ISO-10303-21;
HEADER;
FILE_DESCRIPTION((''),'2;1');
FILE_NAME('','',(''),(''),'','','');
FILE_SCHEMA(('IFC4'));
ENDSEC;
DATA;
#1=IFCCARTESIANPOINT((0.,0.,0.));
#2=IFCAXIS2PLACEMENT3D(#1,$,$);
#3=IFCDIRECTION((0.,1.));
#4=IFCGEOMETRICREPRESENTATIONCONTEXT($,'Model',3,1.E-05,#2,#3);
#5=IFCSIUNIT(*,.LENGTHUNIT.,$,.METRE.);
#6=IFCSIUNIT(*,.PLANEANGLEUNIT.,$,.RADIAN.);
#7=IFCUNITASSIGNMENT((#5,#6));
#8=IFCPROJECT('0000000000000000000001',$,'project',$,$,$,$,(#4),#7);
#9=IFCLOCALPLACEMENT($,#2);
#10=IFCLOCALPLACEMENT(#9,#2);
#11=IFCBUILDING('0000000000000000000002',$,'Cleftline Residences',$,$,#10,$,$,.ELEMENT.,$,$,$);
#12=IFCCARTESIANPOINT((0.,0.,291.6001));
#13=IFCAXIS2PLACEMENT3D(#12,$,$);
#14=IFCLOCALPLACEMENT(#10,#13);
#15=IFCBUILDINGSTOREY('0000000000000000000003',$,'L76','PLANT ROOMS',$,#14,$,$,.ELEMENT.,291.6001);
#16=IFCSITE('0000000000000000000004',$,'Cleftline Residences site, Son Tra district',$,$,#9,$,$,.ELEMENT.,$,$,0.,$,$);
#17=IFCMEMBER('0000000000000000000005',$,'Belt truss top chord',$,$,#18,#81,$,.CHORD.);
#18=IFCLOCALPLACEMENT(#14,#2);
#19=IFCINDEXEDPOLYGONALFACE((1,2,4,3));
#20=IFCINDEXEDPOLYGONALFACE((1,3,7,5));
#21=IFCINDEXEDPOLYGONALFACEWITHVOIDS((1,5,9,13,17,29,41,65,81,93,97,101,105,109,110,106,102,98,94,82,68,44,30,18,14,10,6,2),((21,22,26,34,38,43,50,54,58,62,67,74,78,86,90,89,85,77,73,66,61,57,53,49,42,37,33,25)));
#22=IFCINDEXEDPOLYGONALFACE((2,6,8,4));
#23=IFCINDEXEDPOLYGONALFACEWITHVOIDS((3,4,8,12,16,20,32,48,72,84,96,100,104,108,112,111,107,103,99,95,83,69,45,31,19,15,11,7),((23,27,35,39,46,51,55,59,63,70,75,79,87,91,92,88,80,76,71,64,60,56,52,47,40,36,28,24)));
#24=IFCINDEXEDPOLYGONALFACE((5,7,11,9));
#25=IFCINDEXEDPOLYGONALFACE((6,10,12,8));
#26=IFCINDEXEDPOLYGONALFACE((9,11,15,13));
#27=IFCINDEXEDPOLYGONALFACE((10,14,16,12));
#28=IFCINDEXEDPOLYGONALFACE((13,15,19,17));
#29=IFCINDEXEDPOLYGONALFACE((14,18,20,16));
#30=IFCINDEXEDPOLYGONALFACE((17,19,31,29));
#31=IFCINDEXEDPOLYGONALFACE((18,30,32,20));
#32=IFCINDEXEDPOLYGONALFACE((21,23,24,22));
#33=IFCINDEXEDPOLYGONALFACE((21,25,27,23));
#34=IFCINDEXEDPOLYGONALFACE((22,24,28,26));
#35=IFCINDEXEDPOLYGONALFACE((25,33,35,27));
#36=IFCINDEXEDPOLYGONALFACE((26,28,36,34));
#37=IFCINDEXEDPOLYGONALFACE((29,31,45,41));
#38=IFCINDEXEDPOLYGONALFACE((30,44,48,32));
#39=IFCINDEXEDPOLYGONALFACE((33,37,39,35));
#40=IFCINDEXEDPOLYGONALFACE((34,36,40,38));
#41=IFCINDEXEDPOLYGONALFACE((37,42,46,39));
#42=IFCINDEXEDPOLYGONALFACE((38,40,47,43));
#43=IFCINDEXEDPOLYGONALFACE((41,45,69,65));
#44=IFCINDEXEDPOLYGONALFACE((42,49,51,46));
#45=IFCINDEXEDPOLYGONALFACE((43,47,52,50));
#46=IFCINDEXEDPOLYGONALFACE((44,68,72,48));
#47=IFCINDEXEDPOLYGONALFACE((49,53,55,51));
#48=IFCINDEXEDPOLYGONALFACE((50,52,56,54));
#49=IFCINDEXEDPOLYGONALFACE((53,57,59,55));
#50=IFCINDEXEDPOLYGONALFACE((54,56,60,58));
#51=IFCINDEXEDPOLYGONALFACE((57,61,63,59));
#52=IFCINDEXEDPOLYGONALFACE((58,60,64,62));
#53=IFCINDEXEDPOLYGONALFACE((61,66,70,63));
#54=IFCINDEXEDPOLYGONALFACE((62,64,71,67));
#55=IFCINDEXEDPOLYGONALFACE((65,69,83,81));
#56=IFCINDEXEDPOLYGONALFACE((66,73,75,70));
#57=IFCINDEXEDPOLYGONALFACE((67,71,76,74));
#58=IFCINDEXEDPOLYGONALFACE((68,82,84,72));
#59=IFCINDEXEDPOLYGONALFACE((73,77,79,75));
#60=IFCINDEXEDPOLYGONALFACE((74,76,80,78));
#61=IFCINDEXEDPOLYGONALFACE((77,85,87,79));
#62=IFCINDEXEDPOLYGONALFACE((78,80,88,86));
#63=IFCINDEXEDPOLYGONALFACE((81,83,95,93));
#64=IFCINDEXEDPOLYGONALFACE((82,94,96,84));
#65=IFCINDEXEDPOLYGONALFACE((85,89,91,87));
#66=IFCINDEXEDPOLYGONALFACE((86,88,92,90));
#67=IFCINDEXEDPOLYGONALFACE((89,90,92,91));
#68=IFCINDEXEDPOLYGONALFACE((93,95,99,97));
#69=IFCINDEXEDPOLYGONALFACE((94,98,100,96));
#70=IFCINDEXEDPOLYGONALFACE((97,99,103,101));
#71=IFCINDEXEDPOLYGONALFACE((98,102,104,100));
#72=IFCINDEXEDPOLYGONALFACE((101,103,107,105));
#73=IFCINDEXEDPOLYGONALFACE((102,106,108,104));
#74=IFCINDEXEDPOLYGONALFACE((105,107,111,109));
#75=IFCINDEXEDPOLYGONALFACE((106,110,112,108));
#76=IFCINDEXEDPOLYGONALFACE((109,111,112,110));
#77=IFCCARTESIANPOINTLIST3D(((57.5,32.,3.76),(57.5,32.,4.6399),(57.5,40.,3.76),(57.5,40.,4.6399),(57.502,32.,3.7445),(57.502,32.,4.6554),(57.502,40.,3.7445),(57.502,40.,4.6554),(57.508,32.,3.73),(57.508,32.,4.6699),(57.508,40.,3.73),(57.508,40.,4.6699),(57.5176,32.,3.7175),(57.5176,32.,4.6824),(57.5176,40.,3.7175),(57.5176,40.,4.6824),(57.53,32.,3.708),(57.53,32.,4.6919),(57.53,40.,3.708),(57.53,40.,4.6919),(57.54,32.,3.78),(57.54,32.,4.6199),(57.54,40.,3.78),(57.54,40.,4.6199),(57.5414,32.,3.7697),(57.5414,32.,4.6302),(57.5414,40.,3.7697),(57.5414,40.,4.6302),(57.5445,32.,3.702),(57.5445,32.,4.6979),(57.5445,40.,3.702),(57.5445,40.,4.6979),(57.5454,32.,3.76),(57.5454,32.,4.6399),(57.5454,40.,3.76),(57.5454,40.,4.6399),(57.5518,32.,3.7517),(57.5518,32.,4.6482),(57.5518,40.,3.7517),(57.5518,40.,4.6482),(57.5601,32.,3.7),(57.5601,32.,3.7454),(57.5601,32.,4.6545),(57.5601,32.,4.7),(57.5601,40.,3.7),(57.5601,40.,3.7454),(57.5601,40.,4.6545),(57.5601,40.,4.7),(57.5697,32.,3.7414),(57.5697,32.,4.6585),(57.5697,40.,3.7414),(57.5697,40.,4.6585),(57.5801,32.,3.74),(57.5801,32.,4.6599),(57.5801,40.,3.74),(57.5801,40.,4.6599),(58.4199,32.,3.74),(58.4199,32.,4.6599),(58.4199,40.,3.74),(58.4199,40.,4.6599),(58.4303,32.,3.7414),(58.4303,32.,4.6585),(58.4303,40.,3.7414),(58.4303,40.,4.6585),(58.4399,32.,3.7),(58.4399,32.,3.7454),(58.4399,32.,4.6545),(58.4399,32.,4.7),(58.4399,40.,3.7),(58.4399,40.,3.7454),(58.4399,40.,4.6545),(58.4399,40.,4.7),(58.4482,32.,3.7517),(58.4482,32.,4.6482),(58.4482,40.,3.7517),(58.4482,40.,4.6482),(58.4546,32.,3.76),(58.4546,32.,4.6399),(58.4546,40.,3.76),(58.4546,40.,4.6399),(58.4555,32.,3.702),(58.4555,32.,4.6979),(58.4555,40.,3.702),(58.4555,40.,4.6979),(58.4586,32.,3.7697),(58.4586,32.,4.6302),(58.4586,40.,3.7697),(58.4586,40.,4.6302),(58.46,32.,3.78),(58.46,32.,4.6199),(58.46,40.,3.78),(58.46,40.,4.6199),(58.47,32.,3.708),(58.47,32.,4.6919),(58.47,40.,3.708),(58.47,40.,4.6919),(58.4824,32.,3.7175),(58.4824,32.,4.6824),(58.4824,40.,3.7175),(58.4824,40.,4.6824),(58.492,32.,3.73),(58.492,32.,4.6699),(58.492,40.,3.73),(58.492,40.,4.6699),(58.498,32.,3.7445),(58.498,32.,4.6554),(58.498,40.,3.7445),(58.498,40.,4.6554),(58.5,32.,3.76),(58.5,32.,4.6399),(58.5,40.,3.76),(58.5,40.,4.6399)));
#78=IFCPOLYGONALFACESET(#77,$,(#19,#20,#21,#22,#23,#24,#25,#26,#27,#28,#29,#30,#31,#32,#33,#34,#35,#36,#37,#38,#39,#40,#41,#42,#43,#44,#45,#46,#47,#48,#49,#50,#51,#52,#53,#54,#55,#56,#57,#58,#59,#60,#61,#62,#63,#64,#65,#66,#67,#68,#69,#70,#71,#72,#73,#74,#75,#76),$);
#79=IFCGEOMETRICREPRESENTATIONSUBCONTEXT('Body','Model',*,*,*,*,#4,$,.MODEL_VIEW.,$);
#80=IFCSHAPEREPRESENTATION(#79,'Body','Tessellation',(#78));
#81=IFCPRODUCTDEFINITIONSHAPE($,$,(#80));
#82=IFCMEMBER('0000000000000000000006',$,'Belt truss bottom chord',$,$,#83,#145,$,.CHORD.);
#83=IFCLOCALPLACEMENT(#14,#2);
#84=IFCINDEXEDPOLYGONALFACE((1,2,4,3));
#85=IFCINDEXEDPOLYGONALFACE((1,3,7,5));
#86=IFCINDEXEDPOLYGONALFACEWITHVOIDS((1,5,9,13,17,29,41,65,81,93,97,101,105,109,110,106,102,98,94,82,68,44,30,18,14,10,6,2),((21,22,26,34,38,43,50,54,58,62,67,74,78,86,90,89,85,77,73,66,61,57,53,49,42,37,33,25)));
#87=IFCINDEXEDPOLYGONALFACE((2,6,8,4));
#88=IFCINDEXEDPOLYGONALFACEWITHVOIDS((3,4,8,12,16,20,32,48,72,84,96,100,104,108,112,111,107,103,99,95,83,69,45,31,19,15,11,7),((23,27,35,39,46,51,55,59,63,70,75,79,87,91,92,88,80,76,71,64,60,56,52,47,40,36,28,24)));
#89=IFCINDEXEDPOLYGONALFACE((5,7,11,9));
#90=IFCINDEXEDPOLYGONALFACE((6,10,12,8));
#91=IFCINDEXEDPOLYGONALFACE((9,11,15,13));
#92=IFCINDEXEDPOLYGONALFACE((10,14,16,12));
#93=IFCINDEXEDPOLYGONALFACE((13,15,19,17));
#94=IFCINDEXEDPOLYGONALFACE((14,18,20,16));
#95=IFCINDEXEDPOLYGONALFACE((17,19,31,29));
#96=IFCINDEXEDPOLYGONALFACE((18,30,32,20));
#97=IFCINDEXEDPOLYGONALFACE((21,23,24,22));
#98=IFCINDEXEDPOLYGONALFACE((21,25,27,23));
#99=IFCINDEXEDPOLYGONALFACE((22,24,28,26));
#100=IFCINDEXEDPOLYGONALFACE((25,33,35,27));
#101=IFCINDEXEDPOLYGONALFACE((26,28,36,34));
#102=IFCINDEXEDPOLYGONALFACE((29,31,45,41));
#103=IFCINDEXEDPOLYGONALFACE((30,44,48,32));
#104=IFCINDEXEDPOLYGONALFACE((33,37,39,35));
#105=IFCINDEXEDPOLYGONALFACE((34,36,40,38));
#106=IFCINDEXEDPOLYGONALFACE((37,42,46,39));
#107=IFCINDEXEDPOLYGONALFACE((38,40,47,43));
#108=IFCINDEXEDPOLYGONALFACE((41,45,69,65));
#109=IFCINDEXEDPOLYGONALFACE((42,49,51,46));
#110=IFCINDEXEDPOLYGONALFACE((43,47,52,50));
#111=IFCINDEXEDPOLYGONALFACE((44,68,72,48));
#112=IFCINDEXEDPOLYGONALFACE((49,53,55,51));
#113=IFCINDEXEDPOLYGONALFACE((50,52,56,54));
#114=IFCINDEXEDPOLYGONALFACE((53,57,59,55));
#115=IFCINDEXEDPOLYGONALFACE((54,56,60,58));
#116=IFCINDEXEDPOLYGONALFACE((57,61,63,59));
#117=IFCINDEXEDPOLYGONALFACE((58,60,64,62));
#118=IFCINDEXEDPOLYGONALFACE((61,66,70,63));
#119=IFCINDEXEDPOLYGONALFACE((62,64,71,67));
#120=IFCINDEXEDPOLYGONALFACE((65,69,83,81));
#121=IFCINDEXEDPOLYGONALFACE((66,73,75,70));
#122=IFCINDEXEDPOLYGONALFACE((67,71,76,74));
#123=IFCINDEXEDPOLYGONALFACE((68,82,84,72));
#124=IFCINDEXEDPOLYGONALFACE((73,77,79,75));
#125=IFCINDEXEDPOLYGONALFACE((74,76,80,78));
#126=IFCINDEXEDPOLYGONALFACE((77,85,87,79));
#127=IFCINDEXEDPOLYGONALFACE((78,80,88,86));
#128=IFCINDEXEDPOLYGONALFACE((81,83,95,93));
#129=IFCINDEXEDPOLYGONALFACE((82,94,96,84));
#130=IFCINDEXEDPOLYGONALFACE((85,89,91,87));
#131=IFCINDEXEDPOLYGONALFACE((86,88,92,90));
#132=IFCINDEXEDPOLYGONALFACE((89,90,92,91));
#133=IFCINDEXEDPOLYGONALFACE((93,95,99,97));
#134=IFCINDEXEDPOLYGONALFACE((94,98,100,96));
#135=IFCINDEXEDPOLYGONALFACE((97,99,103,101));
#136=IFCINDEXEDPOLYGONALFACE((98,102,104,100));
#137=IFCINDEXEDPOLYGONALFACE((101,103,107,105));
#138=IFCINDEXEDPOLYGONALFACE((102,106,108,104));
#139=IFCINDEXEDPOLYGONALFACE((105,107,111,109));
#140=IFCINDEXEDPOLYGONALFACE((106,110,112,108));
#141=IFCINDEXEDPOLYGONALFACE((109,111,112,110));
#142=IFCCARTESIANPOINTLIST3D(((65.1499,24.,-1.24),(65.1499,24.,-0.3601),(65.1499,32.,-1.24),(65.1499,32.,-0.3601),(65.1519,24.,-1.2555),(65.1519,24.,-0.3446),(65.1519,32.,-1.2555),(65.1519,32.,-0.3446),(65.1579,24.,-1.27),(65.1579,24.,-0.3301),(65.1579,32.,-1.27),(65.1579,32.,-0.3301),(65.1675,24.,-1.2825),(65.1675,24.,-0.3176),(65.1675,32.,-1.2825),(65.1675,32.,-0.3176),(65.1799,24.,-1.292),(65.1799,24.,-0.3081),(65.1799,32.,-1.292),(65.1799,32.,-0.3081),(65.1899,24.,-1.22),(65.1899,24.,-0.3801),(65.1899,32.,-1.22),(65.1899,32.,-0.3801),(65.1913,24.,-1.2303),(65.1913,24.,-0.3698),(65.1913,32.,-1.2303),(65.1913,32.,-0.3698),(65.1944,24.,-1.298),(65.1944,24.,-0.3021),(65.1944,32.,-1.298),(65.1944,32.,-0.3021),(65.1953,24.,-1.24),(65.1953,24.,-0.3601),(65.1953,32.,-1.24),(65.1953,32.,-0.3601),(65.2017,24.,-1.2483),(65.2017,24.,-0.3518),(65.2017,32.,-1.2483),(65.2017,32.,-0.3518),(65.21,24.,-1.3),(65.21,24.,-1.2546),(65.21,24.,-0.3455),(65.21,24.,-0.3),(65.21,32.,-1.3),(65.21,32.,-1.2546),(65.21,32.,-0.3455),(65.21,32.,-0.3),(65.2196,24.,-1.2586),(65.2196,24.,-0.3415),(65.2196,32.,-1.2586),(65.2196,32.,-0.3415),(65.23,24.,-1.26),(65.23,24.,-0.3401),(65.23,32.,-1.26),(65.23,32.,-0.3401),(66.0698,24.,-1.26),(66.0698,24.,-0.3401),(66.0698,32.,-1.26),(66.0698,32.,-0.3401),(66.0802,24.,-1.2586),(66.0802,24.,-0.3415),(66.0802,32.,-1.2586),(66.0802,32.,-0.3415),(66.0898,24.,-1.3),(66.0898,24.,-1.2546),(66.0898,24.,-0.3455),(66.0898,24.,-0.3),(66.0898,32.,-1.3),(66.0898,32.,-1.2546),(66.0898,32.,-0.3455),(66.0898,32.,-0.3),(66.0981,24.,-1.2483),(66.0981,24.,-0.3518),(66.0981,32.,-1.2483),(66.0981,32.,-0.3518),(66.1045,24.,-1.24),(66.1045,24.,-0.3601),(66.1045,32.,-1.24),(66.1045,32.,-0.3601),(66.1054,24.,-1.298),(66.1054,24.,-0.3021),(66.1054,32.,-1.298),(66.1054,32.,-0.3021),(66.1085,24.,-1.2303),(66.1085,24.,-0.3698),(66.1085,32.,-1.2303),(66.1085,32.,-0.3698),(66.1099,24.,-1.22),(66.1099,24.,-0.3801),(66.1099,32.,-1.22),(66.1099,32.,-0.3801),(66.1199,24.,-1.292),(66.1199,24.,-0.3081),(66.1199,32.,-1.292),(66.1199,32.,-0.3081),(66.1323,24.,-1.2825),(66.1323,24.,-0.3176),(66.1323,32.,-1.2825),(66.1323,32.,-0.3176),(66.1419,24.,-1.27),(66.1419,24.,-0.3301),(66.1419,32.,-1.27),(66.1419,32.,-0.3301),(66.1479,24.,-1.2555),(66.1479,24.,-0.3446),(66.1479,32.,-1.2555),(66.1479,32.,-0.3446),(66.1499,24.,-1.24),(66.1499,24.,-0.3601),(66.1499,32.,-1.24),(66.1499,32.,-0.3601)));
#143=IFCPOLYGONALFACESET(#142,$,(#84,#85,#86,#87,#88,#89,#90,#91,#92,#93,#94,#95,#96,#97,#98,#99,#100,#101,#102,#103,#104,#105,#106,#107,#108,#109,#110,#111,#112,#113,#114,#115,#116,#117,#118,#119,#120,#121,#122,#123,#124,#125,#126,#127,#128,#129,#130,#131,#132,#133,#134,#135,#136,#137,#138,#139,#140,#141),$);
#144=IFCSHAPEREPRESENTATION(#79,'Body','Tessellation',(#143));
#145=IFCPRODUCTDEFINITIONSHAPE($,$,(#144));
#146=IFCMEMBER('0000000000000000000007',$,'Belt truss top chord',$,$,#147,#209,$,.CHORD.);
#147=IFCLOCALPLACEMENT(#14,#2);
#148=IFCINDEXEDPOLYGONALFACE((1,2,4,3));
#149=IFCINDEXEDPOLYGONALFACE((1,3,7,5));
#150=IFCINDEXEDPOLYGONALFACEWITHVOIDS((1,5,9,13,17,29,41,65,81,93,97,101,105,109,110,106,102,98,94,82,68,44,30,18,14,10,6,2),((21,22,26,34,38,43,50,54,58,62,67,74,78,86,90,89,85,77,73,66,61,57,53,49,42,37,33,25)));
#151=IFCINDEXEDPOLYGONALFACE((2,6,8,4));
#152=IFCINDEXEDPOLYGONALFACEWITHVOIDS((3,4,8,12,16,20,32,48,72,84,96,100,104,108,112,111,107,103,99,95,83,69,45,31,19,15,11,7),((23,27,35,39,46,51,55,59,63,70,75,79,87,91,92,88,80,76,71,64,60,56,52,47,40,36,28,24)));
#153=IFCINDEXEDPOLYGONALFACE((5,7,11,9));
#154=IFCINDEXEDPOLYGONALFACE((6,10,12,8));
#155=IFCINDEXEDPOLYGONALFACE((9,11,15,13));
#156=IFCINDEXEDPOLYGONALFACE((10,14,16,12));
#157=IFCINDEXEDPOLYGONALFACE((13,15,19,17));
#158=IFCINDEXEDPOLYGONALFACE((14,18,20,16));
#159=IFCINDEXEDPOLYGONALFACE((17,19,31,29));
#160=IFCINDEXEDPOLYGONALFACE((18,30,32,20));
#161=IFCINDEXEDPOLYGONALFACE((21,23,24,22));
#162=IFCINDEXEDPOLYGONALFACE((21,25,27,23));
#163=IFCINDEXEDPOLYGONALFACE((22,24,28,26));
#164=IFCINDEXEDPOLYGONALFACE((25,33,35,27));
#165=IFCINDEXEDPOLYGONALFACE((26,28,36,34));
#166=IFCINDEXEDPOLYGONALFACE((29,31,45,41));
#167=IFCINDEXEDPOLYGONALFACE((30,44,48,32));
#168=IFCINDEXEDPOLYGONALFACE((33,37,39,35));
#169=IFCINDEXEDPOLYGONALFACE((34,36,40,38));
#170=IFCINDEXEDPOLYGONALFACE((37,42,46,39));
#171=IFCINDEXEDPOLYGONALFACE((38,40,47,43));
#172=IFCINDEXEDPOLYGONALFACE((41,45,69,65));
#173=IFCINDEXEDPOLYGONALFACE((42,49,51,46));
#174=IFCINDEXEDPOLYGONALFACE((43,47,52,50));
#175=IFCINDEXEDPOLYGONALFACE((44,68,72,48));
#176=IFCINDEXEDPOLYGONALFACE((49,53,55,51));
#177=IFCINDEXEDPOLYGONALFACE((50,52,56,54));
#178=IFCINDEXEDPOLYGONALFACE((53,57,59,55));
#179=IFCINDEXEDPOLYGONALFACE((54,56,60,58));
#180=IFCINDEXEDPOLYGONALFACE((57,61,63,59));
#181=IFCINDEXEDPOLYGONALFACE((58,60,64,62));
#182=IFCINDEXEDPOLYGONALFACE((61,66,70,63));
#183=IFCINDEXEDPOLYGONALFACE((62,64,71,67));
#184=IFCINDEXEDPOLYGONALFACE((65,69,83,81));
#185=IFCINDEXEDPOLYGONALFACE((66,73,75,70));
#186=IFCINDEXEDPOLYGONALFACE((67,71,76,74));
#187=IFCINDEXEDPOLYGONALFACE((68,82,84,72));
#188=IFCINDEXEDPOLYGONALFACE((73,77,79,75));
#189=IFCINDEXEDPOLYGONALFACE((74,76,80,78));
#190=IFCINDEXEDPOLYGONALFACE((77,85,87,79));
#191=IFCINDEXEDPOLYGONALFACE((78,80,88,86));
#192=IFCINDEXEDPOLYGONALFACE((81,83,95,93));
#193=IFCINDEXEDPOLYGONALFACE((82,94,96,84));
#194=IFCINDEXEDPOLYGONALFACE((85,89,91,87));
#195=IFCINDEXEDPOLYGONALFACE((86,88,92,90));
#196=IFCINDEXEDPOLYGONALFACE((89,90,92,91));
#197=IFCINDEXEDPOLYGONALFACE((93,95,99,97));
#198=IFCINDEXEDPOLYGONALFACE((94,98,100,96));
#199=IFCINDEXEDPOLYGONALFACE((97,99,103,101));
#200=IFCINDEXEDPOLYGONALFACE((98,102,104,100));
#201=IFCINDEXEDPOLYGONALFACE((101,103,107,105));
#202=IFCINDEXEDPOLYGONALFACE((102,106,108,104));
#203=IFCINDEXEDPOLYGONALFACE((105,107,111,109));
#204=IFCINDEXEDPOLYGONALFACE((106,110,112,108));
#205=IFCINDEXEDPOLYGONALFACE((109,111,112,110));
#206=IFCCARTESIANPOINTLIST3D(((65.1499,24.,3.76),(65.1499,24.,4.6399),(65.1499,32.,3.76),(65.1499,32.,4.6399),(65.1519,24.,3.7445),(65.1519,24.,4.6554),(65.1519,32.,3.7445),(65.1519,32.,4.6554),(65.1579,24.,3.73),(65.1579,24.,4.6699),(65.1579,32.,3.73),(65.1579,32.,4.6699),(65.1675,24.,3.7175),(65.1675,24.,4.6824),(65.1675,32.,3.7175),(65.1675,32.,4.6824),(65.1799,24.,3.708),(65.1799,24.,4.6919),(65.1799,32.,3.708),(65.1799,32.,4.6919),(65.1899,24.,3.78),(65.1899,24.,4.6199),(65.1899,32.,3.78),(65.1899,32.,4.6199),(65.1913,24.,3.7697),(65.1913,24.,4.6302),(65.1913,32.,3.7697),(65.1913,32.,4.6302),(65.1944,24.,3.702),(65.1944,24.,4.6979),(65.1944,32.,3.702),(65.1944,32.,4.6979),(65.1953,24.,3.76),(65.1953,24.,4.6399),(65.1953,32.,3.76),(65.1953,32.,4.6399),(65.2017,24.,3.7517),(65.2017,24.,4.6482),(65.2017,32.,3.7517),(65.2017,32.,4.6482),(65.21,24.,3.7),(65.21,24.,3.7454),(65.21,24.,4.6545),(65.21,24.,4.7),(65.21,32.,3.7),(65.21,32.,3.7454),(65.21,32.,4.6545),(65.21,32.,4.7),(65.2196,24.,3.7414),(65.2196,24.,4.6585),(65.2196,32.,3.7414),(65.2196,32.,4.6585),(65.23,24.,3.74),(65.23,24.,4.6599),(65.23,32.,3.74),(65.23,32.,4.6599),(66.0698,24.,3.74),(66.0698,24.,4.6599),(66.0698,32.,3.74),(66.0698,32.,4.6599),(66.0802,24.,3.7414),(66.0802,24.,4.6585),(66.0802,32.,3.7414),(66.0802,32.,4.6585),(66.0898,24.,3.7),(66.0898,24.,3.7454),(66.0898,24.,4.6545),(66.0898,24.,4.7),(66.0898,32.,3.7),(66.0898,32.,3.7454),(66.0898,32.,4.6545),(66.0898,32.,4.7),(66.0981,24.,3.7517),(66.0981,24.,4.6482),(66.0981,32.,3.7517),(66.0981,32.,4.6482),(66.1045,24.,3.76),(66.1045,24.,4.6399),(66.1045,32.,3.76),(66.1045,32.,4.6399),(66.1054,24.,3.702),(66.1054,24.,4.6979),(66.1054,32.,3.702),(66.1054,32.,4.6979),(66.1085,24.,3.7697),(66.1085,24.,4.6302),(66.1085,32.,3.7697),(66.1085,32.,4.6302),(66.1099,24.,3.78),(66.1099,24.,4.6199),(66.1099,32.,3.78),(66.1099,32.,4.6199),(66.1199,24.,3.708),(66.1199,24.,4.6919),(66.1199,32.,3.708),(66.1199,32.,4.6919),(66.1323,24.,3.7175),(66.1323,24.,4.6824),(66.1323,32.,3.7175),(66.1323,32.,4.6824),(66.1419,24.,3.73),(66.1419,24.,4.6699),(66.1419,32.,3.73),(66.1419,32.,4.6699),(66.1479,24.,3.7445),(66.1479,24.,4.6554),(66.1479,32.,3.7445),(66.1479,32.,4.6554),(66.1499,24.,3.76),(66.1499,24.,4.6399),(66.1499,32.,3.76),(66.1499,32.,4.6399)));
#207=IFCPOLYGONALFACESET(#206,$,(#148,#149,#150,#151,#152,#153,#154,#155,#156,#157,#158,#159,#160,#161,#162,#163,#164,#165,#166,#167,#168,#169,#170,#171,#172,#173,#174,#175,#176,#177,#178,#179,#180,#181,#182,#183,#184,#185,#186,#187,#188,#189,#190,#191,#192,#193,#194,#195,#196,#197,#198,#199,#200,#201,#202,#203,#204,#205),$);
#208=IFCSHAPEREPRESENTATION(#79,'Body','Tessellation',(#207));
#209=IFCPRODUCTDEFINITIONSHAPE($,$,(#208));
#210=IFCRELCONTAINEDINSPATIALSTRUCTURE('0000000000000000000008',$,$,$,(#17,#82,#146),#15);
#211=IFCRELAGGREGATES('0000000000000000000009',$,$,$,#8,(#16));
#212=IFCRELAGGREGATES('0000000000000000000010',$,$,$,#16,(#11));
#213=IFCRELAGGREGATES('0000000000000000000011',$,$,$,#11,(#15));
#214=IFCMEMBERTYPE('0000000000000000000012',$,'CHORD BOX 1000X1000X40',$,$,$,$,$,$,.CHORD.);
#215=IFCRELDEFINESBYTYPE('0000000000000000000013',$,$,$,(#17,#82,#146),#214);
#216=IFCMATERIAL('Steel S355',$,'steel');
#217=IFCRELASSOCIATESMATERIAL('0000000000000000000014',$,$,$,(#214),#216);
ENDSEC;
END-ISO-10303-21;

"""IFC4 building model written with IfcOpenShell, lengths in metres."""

from ifc_helpers import new_model, si_unit, direction, frame, origin, origin_2d, place, context, subcontext, project, spatial, hollow_rectangle, extrude, material, material_profile, profile_set, type_object, element, save


model = new_model("IFC4")

# Units and contexts
model_context = context("Model", 3, precision=1e-05, world=origin(), true_north=direction((0.0, 1.0)))
body_context = subcontext(model_context, "Body", "Model", "MODEL_VIEW")
ifc_project = project(units=[si_unit("LENGTHUNIT", "METRE"), si_unit("PLANEANGLEUNIT", "RADIAN")], contexts=[model_context])

# Site, building, storey
site_placement = place(None, origin())
site = spatial("IfcSite", under=ifc_project, at=site_placement, Name="Cleftline Residences site, Son Tra district", CompositionType="ELEMENT", RefElevation=0.0)
building_placement = place(site_placement, origin())
building = spatial("IfcBuilding", under=site, at=building_placement, Name="Cleftline Residences", CompositionType="ELEMENT")
storey_placement = place(building_placement, frame((0.0, 0.0, 291.6001)))
storey = spatial("IfcBuildingStorey", under=building, at=storey_placement, Name="L76", Description="PLANT ROOMS", CompositionType="ELEMENT", Elevation=291.6001)

# Members
ifc_material_1 = material(Name="Steel S355", Category="steel")
ifc_material_profile_1 = material_profile(ifc_material_1, hollow_rectangle(XDim=1.0, YDim=1.0, WallThickness=0.04, InnerFilletRadius=0.04, OuterFilletRadius=0.0601, at=origin_2d()))
ifc_profile_set_1 = profile_set([ifc_material_profile_1], Name="Steel S355")
member_type_1 = type_object("IfcMemberType", Name="CHORD BOX 1000X1000X40", PredefinedType="CHORD", material=ifc_profile_set_1)
for number, where, z_axis, x_axis, name in (
    (1, (58.0, 32.0, 4.2), (0.0, 1.0, 0.0), (-1.0, 0.0, 0.0), "Belt truss top chord"),
    (2, (65.6499, 24.0, -0.8), (0.0, 1.0, 0.0), (-1.0, 0.0, 0.0), "Belt truss bottom chord"),
    (3, (65.6499, 24.0, 4.2), (0.0, 1.0, 0.0), (-1.0, 0.0, 0.0), "Belt truss top chord"),
):
    element("IfcMember", number, at=place(storey_placement, frame(where, z_axis=z_axis, x_axis=x_axis)), inside=storey, type_object=member_type_1, Name=name, PredefinedType="CHORD", context=body_context, shape_type="SweptSolid", body=[
        extrude(hollow_rectangle(XDim=1.0, YDim=1.0, WallThickness=0.04, InnerFilletRadius=0.04, OuterFilletRadius=0.0601, at=origin_2d()), origin(), (0.0, 0.0, 1.0), 8.0),
    ])

save(model, "model.ifc")
